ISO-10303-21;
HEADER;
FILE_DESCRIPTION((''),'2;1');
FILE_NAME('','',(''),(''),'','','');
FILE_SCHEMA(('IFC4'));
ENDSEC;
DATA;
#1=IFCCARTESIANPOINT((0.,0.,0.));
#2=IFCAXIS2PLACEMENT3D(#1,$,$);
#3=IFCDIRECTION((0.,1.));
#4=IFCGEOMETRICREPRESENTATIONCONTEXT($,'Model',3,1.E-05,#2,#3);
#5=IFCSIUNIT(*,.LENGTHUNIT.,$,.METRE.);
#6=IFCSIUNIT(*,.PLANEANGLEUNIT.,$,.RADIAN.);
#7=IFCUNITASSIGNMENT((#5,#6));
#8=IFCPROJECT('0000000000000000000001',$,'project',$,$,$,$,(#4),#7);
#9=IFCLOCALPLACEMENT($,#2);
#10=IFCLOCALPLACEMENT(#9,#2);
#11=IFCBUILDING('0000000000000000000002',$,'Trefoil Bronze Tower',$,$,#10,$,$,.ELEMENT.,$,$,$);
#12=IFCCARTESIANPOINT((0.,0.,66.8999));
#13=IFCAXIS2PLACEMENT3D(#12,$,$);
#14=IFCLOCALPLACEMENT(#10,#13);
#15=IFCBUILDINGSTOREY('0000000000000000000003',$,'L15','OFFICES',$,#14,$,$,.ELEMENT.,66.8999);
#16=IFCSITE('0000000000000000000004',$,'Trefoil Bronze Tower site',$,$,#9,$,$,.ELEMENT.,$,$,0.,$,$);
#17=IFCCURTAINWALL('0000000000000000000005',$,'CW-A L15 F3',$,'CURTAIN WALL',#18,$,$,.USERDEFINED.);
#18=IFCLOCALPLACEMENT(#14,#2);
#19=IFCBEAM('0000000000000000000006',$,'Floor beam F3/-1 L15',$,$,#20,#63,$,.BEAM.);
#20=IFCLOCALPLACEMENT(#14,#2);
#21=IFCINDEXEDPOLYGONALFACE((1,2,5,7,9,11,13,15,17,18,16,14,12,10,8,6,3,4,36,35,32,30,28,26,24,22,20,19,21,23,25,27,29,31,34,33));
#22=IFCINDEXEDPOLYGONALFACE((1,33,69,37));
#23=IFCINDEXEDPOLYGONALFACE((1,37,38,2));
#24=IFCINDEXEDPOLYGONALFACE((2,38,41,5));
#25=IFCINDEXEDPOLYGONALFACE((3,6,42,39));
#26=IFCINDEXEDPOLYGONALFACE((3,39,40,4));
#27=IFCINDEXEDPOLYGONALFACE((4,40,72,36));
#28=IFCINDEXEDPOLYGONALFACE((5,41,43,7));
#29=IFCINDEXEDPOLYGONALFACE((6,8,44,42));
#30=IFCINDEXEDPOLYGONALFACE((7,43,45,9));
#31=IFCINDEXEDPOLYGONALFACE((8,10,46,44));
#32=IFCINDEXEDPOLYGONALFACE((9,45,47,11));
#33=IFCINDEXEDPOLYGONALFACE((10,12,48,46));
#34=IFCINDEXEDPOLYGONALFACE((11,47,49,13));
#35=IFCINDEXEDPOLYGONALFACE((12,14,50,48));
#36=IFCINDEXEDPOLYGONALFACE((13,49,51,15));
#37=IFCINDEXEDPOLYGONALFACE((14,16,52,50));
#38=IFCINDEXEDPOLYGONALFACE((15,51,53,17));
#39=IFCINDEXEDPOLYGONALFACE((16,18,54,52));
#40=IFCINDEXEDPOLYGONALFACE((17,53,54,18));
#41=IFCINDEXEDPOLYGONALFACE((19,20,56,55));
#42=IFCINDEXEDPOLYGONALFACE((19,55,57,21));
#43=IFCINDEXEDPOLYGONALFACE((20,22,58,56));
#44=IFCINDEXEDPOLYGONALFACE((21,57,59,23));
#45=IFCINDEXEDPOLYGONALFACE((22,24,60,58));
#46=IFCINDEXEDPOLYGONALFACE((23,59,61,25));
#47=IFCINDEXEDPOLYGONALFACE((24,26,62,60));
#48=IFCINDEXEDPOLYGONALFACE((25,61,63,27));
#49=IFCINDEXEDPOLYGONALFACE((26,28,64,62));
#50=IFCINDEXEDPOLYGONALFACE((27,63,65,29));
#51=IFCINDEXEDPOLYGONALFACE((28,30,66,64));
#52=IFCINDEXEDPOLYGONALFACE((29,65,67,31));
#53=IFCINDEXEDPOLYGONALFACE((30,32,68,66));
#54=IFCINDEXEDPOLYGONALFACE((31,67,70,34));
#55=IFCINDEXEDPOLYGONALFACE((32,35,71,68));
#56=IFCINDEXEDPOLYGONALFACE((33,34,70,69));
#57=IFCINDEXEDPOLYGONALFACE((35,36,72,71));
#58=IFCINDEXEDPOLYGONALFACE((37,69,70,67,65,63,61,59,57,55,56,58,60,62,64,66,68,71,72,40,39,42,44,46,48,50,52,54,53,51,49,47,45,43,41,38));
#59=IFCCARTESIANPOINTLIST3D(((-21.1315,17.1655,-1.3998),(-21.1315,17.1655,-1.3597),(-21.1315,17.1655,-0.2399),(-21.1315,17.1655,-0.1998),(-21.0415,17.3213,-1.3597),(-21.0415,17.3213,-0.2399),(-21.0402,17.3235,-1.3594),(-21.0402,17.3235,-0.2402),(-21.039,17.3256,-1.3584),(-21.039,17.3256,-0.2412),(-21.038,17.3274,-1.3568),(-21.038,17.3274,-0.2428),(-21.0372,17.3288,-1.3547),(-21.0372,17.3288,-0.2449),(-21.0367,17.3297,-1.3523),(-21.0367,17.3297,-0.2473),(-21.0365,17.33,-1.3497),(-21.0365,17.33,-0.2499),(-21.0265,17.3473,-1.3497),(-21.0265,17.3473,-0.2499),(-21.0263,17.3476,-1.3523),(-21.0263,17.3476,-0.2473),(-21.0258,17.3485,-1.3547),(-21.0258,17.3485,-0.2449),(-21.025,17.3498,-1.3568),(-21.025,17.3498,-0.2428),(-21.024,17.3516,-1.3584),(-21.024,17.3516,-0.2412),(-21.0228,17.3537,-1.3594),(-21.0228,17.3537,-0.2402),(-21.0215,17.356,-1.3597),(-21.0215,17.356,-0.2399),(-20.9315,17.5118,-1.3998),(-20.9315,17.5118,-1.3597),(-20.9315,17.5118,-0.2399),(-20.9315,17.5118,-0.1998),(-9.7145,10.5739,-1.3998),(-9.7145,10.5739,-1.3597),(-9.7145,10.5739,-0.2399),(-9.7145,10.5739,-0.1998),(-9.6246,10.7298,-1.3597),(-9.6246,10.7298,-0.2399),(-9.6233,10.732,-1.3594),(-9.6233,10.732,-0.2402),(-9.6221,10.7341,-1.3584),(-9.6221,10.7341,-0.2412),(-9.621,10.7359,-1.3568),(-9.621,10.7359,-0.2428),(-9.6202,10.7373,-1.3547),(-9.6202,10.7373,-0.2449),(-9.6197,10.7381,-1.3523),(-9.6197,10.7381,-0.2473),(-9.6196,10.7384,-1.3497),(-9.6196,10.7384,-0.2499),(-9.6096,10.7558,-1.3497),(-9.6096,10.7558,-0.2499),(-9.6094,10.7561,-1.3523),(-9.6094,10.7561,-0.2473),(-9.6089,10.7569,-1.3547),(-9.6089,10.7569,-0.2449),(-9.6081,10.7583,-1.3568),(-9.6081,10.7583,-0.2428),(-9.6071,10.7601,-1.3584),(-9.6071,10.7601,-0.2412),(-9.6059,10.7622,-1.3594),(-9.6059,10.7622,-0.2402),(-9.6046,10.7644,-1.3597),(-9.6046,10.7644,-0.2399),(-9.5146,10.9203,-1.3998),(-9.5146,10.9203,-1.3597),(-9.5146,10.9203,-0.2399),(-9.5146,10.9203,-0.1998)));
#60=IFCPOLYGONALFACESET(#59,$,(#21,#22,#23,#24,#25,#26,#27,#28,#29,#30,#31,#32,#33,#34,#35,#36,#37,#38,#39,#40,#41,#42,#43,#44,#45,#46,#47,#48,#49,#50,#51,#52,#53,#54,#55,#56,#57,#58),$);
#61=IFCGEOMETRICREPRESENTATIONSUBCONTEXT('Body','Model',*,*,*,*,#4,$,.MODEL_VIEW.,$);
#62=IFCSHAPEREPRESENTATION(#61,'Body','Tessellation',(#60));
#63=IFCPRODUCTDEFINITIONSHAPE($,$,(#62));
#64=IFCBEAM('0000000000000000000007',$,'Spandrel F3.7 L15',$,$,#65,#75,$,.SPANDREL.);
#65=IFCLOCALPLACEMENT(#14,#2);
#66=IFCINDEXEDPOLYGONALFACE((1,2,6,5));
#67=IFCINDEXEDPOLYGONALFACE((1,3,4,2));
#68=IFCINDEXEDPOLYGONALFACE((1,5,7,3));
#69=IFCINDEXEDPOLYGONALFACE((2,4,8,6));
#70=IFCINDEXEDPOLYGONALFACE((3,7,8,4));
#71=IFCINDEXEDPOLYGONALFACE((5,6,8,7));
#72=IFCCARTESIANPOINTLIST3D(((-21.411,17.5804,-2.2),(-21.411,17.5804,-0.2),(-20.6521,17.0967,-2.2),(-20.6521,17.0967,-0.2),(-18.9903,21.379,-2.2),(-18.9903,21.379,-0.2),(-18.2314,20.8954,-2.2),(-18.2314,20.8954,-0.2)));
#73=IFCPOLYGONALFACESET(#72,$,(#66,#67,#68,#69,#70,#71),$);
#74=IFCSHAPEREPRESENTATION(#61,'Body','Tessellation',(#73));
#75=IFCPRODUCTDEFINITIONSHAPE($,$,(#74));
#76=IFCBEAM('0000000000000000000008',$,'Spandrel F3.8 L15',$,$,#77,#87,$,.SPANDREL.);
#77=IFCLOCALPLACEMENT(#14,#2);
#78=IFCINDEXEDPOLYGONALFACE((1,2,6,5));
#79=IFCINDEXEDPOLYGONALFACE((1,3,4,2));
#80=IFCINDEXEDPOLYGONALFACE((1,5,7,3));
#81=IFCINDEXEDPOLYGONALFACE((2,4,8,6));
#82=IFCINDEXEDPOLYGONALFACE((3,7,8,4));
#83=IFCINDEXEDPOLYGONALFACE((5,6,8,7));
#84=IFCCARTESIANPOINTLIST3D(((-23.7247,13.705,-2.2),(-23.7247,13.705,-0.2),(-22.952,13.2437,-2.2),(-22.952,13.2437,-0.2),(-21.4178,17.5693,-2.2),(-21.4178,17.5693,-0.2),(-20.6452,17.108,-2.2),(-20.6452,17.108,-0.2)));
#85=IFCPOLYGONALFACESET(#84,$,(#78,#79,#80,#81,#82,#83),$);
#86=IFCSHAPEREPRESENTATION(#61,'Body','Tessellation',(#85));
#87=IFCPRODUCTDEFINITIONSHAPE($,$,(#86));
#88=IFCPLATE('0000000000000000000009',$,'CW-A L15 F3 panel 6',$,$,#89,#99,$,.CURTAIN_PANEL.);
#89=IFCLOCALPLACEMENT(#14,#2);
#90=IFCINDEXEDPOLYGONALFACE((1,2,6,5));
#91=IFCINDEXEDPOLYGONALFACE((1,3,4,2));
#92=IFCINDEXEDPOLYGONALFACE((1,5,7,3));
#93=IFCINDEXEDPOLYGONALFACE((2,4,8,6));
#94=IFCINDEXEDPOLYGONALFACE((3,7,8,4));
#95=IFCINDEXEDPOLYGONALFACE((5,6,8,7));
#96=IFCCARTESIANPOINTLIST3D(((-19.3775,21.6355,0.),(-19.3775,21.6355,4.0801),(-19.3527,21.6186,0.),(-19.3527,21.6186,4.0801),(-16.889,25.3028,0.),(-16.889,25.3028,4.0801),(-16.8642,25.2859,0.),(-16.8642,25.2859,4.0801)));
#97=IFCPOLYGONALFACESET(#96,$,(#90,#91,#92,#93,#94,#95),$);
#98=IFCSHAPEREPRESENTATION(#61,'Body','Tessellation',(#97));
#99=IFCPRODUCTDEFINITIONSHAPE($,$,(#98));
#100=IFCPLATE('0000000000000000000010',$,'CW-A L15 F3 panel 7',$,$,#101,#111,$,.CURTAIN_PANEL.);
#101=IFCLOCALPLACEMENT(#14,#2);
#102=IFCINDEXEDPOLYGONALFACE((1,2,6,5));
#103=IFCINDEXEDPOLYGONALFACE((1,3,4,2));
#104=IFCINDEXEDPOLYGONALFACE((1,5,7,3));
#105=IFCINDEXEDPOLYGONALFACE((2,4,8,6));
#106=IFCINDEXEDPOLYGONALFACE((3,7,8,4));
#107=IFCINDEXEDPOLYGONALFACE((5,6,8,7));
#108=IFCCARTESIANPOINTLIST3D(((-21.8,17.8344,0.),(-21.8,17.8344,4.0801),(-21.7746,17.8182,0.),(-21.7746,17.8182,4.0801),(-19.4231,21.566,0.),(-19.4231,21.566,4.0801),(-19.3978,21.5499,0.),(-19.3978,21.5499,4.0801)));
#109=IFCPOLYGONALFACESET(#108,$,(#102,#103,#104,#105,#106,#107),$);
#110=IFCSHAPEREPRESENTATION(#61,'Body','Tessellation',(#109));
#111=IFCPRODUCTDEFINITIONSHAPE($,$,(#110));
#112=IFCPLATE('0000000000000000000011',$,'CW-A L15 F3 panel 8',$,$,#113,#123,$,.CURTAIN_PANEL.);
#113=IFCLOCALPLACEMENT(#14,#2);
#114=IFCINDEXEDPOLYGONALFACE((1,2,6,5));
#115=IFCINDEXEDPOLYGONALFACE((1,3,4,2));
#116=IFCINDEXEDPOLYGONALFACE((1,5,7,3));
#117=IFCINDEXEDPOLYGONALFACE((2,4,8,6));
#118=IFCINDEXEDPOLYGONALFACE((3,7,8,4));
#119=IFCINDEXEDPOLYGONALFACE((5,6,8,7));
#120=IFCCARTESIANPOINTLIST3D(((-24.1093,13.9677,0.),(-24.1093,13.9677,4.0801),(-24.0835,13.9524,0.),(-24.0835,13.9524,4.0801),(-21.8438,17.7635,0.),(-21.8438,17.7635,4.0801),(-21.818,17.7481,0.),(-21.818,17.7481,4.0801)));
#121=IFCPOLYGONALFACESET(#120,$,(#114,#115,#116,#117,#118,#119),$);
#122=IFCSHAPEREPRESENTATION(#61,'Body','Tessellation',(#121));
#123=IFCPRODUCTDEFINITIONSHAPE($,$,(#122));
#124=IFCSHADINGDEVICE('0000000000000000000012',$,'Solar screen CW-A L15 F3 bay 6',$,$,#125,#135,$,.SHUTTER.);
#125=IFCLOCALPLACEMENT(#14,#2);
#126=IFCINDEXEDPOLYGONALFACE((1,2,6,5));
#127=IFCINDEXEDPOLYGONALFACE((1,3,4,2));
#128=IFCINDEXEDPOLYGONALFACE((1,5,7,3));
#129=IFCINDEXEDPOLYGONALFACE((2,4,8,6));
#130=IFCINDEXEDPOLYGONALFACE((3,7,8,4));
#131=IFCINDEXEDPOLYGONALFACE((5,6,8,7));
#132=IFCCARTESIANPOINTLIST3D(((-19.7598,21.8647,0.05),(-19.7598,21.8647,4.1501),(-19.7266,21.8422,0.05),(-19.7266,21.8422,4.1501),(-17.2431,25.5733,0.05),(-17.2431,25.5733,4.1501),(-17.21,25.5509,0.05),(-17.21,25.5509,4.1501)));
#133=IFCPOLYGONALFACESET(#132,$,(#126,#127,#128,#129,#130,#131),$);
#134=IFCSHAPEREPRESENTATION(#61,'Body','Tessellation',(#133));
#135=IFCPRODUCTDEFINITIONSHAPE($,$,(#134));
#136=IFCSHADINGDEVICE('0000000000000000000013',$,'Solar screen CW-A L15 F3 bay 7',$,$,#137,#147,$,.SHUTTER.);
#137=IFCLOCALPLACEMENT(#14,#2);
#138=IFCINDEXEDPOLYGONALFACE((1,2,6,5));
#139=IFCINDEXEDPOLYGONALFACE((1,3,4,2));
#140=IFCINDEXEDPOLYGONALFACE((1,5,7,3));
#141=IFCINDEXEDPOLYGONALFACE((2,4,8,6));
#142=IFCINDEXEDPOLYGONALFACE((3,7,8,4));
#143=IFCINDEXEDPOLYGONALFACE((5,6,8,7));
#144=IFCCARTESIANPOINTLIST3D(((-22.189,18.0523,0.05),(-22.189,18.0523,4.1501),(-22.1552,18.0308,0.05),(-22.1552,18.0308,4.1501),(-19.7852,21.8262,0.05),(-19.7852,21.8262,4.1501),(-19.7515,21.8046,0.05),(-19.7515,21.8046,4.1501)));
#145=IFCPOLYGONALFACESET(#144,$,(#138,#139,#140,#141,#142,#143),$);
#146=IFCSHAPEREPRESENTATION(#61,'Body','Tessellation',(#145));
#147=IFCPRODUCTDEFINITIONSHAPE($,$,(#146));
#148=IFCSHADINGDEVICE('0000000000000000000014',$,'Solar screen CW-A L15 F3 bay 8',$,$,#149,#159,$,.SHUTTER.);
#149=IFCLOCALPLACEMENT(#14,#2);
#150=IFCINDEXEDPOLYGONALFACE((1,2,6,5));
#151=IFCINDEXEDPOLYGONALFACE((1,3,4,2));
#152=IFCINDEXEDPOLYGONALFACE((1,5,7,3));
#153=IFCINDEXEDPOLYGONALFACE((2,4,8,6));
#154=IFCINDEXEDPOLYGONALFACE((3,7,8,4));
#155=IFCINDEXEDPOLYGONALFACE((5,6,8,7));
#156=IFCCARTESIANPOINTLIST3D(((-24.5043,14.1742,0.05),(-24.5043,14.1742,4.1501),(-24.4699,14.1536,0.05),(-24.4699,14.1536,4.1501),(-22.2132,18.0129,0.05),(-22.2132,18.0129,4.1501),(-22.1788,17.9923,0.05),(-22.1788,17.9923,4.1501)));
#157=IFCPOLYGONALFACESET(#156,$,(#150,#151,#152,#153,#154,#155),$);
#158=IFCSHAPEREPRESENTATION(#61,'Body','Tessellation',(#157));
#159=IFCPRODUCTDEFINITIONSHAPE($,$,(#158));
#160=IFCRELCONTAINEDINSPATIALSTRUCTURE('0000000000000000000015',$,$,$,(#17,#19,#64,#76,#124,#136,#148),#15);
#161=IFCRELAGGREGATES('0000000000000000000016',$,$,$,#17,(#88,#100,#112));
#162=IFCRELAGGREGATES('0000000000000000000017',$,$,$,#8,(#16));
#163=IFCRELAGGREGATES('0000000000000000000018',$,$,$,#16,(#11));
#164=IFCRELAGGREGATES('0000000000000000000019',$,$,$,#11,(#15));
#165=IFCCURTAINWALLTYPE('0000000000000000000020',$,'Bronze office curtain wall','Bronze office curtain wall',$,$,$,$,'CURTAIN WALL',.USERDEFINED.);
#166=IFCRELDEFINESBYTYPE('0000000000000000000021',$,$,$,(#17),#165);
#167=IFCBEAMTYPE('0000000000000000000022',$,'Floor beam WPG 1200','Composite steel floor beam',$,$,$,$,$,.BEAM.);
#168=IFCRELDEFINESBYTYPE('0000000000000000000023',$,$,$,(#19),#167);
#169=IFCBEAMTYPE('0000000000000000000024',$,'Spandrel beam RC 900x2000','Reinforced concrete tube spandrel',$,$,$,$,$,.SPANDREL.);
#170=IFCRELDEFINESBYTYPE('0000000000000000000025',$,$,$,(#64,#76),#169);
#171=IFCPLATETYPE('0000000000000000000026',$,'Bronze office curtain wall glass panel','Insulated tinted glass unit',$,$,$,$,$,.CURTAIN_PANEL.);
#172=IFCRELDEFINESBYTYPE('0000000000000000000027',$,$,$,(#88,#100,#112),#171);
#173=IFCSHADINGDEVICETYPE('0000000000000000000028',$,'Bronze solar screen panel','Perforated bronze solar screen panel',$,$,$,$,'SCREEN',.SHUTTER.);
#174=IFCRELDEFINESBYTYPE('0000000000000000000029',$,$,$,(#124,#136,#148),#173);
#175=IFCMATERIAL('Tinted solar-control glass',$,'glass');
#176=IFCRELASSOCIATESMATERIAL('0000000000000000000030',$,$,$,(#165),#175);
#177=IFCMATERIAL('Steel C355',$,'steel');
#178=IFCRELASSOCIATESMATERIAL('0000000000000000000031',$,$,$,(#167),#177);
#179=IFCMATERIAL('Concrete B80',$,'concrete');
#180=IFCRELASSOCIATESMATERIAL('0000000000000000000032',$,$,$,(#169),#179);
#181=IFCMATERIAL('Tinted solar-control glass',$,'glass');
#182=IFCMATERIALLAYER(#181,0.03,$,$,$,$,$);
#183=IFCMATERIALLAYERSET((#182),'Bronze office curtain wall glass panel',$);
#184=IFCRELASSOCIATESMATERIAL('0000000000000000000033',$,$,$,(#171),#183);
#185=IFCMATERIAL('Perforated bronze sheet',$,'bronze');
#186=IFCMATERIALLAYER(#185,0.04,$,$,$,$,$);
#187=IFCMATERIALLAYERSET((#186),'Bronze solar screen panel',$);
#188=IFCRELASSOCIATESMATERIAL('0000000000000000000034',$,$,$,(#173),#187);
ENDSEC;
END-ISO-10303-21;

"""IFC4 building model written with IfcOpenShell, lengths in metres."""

from ifc_helpers import new_model, si_unit, direction, frame, origin, origin_2d, place, context, subcontext, project, spatial, rectangle, i_section, extrude, material, layer, layer_set, material_profile, profile_set, type_object, element, aggregate, save


model = new_model("IFC4")

# Units and contexts
model_context = context("Model", 3, precision=1e-05, world=origin(), true_north=direction((0.0, 1.0)))
body_context = subcontext(model_context, "Body", "Model", "MODEL_VIEW")
ifc_project = project(units=[si_unit("LENGTHUNIT", "METRE"), si_unit("PLANEANGLEUNIT", "RADIAN")], contexts=[model_context])

# Site, building, storey
site_placement = place(None, origin())
site = spatial("IfcSite", under=ifc_project, at=site_placement, Name="Trefoil Bronze Tower site", CompositionType="ELEMENT", RefElevation=0.0)
building_placement = place(site_placement, origin())
building = spatial("IfcBuilding", under=site, at=building_placement, Name="Trefoil Bronze Tower", CompositionType="ELEMENT")
storey_placement = place(building_placement, frame((0.0, 0.0, 66.8999)))
storey = spatial("IfcBuildingStorey", under=building, at=storey_placement, Name="L15", Description="OFFICES", CompositionType="ELEMENT", Elevation=66.8999)

# Curtain wall
ifc_material_1 = material(Name="Tinted solar-control glass", Category="glass")
curtain_wall_type = type_object("IfcCurtainWallType", Name="Bronze office curtain wall", Description="Bronze office curtain wall", ElementType="CURTAIN WALL", PredefinedType="USERDEFINED", material=ifc_material_1)
curtain_wall_placement = place(storey_placement, origin())
curtain_wall = element("IfcCurtainWall", 1, at=curtain_wall_placement, inside=storey, type_object=curtain_wall_type, Name="CW-A L15 F3", ObjectType="CURTAIN WALL", PredefinedType="USERDEFINED")

# Beams
ifc_material_2 = material(Name="Steel C355", Category="steel")
ifc_material_profile_1 = material_profile(ifc_material_2, i_section(OverallWidth=0.3999, OverallDepth=1.2, WebThickness=0.02, FlangeThickness=0.04, FilletRadius=0.01, at=origin_2d()), Name="WPG 1200")
ifc_profile_set_1 = profile_set([ifc_material_profile_1], Name="Steel C355")
beam_type_1 = type_object("IfcBeamType", Name="Floor beam WPG 1200", Description="Composite steel floor beam", PredefinedType="BEAM", material=ifc_profile_set_1)
beam_1_placement = place(storey_placement, frame((-21.0315, 17.3386, -0.7998), z_axis=(0.866027, -0.499997, 0.0), x_axis=(0.499997, 0.866027, 0.0)))
element("IfcBeam", 2, at=beam_1_placement, inside=storey, type_object=beam_type_1, Name="Floor beam F3/-1 L15", PredefinedType="BEAM", context=body_context, shape_type="SweptSolid", body=[
    extrude(i_section(OverallWidth=0.3999, OverallDepth=1.2, WebThickness=0.02, FlangeThickness=0.04, FilletRadius=0.01, at=origin_2d()), origin(), (0.0, 0.0, 1.0), 13.1831),
])
ifc_material_3 = material(Name="Concrete B80", Category="concrete")
ifc_material_profile_2 = material_profile(ifc_material_3, rectangle(XDim=0.8999, YDim=2.0, at=origin_2d()), Name="RC 900x2000")
ifc_profile_set_2 = profile_set([ifc_material_profile_2], Name="Concrete B80")
beam_type_2 = type_object("IfcBeamType", Name="Spandrel beam RC 900x2000", Description="Reinforced concrete tube spandrel", PredefinedType="SPANDREL", material=ifc_profile_set_2)
beam_2_placement = place(storey_placement, frame((-18.6108, 21.1372, -1.2), z_axis=(-0.537408, -0.843322, 0.0), x_axis=(0.843322, -0.537408, 0.0)))
element("IfcBeam", 3, at=beam_2_placement, inside=storey, type_object=beam_type_2, Name="Spandrel F3.7 L15", PredefinedType="SPANDREL", context=body_context, shape_type="SweptSolid", body=[
    extrude(rectangle(XDim=0.8999, YDim=2.0, at=origin_2d()), origin(), (0.0, 0.0, 1.0), 4.5044),
])
beam_3_placement = place(storey_placement, frame((-21.0315, 17.3386, -1.2), z_axis=(-0.512588, -0.858635, 0.0), x_axis=(0.858635, -0.512588, 0.0)))
element("IfcBeam", 4, at=beam_3_placement, inside=storey, type_object=beam_type_2, Name="Spandrel F3.8 L15", PredefinedType="SPANDREL", context=body_context, shape_type="SweptSolid", body=[
    extrude(rectangle(XDim=0.8999, YDim=2.0, at=origin_2d()), origin(), (0.0, 0.0, 1.0), 4.5005),
])

# Plates
ifc_material_4 = material(Name="Tinted solar-control glass", Category="glass")
ifc_layer_1 = layer(ifc_material_4, 0.03)
ifc_layer_set_1 = layer_set([ifc_layer_1], Name="Bronze office curtain wall glass panel")
plate_type = type_object("IfcPlateType", Name="Bronze office curtain wall glass panel", Description="Insulated tinted glass unit", PredefinedType="CURTAIN_PANEL", material=ifc_layer_set_1)
plate_1_placement = place(storey_placement, frame((-18.1208, 23.4607, 0.0), z_axis=(0.0, 0.0, 1.0), x_axis=(-0.56151, -0.82747, 0.0)))
plate_1 = element("IfcPlate", 5, at=plate_1_placement, type_object=plate_type, Name="CW-A L15 F3 panel 6", PredefinedType="CURTAIN_PANEL", context=body_context, shape_type="SweptSolid", body=[
    extrude(rectangle(XDim=4.4319, YDim=0.03, at=origin_2d()), origin(), (0.0, 0.0, 1.0), 4.0801),
])
plate_2_placement = place(storey_placement, frame((-20.5989, 19.6921, 0.0), z_axis=(0.0, 0.0, 1.0), x_axis=(-0.537222, -0.843441, 0.0)))
plate_2 = element("IfcPlate", 6, at=plate_2_placement, type_object=plate_type, Name="CW-A L15 F3 panel 7", PredefinedType="CURTAIN_PANEL", context=body_context, shape_type="SweptSolid", body=[
    extrude(rectangle(XDim=4.4243, YDim=0.03, at=origin_2d()), origin(), (0.0, 0.0, 1.0), 4.0801),
])
plate_3_placement = place(storey_placement, frame((-22.9636, 15.8579, 0.0), z_axis=(0.0, 0.0, 1.0), x_axis=(-0.512513, -0.85868, 0.0)))
plate_3 = element("IfcPlate", 7, at=plate_3_placement, type_object=plate_type, Name="CW-A L15 F3 panel 8", PredefinedType="CURTAIN_PANEL", context=body_context, shape_type="SweptSolid", body=[
    extrude(rectangle(XDim=4.4204, YDim=0.03, at=origin_2d()), origin(), (0.0, 0.0, 1.0), 4.0801),
])
aggregate(curtain_wall, [plate_1, plate_2, plate_3])

# Shading devices
ifc_material_5 = material(Name="Perforated bronze sheet", Category="bronze")
ifc_layer_2 = layer(ifc_material_5, 0.04)
ifc_layer_set_2 = layer_set([ifc_layer_2], Name="Bronze solar screen panel")
shading_device_type = type_object("IfcShadingDeviceType", Name="Bronze solar screen panel", Description="Perforated bronze solar screen panel", ElementType="SCREEN", PredefinedType="SHUTTER", material=ifc_layer_set_2)
shading_device_1_placement = place(storey_placement, frame((-18.4849, 23.7078, 0.05), z_axis=(0.0, 0.0, 1.0), x_axis=(-0.56151, -0.82747, 0.0)))
element("IfcShadingDevice", 8, at=shading_device_1_placement, inside=storey, type_object=shading_device_type, Name="Solar screen CW-A L15 F3 bay 6", PredefinedType="SHUTTER", context=body_context, shape_type="SweptSolid", body=[
    extrude(rectangle(XDim=4.4819, YDim=0.04, at=origin_2d()), origin(), (0.0, 0.0, 1.0), 4.1001),
])
shading_device_2_placement = place(storey_placement, frame((-20.9702, 19.9285, 0.05), z_axis=(0.0, 0.0, 1.0), x_axis=(-0.537222, -0.843441, 0.0)))
element("IfcShadingDevice", 9, at=shading_device_2_placement, inside=storey, type_object=shading_device_type, Name="Solar screen CW-A L15 F3 bay 7", PredefinedType="SHUTTER", context=body_context, shape_type="SweptSolid", body=[
    extrude(rectangle(XDim=4.4744, YDim=0.04, at=origin_2d()), origin(), (0.0, 0.0, 1.0), 4.1001),
])
shading_device_3_placement = place(storey_placement, frame((-23.3416, 16.0833, 0.05), z_axis=(0.0, 0.0, 1.0), x_axis=(-0.512513, -0.85868, 0.0)))
element("IfcShadingDevice", 10, at=shading_device_3_placement, inside=storey, type_object=shading_device_type, Name="Solar screen CW-A L15 F3 bay 8", PredefinedType="SHUTTER", context=body_context, shape_type="SweptSolid", body=[
    extrude(rectangle(XDim=4.4705, YDim=0.04, at=origin_2d()), origin(), (0.0, 0.0, 1.0), 4.1001),
])

save(model, "model.ifc")
